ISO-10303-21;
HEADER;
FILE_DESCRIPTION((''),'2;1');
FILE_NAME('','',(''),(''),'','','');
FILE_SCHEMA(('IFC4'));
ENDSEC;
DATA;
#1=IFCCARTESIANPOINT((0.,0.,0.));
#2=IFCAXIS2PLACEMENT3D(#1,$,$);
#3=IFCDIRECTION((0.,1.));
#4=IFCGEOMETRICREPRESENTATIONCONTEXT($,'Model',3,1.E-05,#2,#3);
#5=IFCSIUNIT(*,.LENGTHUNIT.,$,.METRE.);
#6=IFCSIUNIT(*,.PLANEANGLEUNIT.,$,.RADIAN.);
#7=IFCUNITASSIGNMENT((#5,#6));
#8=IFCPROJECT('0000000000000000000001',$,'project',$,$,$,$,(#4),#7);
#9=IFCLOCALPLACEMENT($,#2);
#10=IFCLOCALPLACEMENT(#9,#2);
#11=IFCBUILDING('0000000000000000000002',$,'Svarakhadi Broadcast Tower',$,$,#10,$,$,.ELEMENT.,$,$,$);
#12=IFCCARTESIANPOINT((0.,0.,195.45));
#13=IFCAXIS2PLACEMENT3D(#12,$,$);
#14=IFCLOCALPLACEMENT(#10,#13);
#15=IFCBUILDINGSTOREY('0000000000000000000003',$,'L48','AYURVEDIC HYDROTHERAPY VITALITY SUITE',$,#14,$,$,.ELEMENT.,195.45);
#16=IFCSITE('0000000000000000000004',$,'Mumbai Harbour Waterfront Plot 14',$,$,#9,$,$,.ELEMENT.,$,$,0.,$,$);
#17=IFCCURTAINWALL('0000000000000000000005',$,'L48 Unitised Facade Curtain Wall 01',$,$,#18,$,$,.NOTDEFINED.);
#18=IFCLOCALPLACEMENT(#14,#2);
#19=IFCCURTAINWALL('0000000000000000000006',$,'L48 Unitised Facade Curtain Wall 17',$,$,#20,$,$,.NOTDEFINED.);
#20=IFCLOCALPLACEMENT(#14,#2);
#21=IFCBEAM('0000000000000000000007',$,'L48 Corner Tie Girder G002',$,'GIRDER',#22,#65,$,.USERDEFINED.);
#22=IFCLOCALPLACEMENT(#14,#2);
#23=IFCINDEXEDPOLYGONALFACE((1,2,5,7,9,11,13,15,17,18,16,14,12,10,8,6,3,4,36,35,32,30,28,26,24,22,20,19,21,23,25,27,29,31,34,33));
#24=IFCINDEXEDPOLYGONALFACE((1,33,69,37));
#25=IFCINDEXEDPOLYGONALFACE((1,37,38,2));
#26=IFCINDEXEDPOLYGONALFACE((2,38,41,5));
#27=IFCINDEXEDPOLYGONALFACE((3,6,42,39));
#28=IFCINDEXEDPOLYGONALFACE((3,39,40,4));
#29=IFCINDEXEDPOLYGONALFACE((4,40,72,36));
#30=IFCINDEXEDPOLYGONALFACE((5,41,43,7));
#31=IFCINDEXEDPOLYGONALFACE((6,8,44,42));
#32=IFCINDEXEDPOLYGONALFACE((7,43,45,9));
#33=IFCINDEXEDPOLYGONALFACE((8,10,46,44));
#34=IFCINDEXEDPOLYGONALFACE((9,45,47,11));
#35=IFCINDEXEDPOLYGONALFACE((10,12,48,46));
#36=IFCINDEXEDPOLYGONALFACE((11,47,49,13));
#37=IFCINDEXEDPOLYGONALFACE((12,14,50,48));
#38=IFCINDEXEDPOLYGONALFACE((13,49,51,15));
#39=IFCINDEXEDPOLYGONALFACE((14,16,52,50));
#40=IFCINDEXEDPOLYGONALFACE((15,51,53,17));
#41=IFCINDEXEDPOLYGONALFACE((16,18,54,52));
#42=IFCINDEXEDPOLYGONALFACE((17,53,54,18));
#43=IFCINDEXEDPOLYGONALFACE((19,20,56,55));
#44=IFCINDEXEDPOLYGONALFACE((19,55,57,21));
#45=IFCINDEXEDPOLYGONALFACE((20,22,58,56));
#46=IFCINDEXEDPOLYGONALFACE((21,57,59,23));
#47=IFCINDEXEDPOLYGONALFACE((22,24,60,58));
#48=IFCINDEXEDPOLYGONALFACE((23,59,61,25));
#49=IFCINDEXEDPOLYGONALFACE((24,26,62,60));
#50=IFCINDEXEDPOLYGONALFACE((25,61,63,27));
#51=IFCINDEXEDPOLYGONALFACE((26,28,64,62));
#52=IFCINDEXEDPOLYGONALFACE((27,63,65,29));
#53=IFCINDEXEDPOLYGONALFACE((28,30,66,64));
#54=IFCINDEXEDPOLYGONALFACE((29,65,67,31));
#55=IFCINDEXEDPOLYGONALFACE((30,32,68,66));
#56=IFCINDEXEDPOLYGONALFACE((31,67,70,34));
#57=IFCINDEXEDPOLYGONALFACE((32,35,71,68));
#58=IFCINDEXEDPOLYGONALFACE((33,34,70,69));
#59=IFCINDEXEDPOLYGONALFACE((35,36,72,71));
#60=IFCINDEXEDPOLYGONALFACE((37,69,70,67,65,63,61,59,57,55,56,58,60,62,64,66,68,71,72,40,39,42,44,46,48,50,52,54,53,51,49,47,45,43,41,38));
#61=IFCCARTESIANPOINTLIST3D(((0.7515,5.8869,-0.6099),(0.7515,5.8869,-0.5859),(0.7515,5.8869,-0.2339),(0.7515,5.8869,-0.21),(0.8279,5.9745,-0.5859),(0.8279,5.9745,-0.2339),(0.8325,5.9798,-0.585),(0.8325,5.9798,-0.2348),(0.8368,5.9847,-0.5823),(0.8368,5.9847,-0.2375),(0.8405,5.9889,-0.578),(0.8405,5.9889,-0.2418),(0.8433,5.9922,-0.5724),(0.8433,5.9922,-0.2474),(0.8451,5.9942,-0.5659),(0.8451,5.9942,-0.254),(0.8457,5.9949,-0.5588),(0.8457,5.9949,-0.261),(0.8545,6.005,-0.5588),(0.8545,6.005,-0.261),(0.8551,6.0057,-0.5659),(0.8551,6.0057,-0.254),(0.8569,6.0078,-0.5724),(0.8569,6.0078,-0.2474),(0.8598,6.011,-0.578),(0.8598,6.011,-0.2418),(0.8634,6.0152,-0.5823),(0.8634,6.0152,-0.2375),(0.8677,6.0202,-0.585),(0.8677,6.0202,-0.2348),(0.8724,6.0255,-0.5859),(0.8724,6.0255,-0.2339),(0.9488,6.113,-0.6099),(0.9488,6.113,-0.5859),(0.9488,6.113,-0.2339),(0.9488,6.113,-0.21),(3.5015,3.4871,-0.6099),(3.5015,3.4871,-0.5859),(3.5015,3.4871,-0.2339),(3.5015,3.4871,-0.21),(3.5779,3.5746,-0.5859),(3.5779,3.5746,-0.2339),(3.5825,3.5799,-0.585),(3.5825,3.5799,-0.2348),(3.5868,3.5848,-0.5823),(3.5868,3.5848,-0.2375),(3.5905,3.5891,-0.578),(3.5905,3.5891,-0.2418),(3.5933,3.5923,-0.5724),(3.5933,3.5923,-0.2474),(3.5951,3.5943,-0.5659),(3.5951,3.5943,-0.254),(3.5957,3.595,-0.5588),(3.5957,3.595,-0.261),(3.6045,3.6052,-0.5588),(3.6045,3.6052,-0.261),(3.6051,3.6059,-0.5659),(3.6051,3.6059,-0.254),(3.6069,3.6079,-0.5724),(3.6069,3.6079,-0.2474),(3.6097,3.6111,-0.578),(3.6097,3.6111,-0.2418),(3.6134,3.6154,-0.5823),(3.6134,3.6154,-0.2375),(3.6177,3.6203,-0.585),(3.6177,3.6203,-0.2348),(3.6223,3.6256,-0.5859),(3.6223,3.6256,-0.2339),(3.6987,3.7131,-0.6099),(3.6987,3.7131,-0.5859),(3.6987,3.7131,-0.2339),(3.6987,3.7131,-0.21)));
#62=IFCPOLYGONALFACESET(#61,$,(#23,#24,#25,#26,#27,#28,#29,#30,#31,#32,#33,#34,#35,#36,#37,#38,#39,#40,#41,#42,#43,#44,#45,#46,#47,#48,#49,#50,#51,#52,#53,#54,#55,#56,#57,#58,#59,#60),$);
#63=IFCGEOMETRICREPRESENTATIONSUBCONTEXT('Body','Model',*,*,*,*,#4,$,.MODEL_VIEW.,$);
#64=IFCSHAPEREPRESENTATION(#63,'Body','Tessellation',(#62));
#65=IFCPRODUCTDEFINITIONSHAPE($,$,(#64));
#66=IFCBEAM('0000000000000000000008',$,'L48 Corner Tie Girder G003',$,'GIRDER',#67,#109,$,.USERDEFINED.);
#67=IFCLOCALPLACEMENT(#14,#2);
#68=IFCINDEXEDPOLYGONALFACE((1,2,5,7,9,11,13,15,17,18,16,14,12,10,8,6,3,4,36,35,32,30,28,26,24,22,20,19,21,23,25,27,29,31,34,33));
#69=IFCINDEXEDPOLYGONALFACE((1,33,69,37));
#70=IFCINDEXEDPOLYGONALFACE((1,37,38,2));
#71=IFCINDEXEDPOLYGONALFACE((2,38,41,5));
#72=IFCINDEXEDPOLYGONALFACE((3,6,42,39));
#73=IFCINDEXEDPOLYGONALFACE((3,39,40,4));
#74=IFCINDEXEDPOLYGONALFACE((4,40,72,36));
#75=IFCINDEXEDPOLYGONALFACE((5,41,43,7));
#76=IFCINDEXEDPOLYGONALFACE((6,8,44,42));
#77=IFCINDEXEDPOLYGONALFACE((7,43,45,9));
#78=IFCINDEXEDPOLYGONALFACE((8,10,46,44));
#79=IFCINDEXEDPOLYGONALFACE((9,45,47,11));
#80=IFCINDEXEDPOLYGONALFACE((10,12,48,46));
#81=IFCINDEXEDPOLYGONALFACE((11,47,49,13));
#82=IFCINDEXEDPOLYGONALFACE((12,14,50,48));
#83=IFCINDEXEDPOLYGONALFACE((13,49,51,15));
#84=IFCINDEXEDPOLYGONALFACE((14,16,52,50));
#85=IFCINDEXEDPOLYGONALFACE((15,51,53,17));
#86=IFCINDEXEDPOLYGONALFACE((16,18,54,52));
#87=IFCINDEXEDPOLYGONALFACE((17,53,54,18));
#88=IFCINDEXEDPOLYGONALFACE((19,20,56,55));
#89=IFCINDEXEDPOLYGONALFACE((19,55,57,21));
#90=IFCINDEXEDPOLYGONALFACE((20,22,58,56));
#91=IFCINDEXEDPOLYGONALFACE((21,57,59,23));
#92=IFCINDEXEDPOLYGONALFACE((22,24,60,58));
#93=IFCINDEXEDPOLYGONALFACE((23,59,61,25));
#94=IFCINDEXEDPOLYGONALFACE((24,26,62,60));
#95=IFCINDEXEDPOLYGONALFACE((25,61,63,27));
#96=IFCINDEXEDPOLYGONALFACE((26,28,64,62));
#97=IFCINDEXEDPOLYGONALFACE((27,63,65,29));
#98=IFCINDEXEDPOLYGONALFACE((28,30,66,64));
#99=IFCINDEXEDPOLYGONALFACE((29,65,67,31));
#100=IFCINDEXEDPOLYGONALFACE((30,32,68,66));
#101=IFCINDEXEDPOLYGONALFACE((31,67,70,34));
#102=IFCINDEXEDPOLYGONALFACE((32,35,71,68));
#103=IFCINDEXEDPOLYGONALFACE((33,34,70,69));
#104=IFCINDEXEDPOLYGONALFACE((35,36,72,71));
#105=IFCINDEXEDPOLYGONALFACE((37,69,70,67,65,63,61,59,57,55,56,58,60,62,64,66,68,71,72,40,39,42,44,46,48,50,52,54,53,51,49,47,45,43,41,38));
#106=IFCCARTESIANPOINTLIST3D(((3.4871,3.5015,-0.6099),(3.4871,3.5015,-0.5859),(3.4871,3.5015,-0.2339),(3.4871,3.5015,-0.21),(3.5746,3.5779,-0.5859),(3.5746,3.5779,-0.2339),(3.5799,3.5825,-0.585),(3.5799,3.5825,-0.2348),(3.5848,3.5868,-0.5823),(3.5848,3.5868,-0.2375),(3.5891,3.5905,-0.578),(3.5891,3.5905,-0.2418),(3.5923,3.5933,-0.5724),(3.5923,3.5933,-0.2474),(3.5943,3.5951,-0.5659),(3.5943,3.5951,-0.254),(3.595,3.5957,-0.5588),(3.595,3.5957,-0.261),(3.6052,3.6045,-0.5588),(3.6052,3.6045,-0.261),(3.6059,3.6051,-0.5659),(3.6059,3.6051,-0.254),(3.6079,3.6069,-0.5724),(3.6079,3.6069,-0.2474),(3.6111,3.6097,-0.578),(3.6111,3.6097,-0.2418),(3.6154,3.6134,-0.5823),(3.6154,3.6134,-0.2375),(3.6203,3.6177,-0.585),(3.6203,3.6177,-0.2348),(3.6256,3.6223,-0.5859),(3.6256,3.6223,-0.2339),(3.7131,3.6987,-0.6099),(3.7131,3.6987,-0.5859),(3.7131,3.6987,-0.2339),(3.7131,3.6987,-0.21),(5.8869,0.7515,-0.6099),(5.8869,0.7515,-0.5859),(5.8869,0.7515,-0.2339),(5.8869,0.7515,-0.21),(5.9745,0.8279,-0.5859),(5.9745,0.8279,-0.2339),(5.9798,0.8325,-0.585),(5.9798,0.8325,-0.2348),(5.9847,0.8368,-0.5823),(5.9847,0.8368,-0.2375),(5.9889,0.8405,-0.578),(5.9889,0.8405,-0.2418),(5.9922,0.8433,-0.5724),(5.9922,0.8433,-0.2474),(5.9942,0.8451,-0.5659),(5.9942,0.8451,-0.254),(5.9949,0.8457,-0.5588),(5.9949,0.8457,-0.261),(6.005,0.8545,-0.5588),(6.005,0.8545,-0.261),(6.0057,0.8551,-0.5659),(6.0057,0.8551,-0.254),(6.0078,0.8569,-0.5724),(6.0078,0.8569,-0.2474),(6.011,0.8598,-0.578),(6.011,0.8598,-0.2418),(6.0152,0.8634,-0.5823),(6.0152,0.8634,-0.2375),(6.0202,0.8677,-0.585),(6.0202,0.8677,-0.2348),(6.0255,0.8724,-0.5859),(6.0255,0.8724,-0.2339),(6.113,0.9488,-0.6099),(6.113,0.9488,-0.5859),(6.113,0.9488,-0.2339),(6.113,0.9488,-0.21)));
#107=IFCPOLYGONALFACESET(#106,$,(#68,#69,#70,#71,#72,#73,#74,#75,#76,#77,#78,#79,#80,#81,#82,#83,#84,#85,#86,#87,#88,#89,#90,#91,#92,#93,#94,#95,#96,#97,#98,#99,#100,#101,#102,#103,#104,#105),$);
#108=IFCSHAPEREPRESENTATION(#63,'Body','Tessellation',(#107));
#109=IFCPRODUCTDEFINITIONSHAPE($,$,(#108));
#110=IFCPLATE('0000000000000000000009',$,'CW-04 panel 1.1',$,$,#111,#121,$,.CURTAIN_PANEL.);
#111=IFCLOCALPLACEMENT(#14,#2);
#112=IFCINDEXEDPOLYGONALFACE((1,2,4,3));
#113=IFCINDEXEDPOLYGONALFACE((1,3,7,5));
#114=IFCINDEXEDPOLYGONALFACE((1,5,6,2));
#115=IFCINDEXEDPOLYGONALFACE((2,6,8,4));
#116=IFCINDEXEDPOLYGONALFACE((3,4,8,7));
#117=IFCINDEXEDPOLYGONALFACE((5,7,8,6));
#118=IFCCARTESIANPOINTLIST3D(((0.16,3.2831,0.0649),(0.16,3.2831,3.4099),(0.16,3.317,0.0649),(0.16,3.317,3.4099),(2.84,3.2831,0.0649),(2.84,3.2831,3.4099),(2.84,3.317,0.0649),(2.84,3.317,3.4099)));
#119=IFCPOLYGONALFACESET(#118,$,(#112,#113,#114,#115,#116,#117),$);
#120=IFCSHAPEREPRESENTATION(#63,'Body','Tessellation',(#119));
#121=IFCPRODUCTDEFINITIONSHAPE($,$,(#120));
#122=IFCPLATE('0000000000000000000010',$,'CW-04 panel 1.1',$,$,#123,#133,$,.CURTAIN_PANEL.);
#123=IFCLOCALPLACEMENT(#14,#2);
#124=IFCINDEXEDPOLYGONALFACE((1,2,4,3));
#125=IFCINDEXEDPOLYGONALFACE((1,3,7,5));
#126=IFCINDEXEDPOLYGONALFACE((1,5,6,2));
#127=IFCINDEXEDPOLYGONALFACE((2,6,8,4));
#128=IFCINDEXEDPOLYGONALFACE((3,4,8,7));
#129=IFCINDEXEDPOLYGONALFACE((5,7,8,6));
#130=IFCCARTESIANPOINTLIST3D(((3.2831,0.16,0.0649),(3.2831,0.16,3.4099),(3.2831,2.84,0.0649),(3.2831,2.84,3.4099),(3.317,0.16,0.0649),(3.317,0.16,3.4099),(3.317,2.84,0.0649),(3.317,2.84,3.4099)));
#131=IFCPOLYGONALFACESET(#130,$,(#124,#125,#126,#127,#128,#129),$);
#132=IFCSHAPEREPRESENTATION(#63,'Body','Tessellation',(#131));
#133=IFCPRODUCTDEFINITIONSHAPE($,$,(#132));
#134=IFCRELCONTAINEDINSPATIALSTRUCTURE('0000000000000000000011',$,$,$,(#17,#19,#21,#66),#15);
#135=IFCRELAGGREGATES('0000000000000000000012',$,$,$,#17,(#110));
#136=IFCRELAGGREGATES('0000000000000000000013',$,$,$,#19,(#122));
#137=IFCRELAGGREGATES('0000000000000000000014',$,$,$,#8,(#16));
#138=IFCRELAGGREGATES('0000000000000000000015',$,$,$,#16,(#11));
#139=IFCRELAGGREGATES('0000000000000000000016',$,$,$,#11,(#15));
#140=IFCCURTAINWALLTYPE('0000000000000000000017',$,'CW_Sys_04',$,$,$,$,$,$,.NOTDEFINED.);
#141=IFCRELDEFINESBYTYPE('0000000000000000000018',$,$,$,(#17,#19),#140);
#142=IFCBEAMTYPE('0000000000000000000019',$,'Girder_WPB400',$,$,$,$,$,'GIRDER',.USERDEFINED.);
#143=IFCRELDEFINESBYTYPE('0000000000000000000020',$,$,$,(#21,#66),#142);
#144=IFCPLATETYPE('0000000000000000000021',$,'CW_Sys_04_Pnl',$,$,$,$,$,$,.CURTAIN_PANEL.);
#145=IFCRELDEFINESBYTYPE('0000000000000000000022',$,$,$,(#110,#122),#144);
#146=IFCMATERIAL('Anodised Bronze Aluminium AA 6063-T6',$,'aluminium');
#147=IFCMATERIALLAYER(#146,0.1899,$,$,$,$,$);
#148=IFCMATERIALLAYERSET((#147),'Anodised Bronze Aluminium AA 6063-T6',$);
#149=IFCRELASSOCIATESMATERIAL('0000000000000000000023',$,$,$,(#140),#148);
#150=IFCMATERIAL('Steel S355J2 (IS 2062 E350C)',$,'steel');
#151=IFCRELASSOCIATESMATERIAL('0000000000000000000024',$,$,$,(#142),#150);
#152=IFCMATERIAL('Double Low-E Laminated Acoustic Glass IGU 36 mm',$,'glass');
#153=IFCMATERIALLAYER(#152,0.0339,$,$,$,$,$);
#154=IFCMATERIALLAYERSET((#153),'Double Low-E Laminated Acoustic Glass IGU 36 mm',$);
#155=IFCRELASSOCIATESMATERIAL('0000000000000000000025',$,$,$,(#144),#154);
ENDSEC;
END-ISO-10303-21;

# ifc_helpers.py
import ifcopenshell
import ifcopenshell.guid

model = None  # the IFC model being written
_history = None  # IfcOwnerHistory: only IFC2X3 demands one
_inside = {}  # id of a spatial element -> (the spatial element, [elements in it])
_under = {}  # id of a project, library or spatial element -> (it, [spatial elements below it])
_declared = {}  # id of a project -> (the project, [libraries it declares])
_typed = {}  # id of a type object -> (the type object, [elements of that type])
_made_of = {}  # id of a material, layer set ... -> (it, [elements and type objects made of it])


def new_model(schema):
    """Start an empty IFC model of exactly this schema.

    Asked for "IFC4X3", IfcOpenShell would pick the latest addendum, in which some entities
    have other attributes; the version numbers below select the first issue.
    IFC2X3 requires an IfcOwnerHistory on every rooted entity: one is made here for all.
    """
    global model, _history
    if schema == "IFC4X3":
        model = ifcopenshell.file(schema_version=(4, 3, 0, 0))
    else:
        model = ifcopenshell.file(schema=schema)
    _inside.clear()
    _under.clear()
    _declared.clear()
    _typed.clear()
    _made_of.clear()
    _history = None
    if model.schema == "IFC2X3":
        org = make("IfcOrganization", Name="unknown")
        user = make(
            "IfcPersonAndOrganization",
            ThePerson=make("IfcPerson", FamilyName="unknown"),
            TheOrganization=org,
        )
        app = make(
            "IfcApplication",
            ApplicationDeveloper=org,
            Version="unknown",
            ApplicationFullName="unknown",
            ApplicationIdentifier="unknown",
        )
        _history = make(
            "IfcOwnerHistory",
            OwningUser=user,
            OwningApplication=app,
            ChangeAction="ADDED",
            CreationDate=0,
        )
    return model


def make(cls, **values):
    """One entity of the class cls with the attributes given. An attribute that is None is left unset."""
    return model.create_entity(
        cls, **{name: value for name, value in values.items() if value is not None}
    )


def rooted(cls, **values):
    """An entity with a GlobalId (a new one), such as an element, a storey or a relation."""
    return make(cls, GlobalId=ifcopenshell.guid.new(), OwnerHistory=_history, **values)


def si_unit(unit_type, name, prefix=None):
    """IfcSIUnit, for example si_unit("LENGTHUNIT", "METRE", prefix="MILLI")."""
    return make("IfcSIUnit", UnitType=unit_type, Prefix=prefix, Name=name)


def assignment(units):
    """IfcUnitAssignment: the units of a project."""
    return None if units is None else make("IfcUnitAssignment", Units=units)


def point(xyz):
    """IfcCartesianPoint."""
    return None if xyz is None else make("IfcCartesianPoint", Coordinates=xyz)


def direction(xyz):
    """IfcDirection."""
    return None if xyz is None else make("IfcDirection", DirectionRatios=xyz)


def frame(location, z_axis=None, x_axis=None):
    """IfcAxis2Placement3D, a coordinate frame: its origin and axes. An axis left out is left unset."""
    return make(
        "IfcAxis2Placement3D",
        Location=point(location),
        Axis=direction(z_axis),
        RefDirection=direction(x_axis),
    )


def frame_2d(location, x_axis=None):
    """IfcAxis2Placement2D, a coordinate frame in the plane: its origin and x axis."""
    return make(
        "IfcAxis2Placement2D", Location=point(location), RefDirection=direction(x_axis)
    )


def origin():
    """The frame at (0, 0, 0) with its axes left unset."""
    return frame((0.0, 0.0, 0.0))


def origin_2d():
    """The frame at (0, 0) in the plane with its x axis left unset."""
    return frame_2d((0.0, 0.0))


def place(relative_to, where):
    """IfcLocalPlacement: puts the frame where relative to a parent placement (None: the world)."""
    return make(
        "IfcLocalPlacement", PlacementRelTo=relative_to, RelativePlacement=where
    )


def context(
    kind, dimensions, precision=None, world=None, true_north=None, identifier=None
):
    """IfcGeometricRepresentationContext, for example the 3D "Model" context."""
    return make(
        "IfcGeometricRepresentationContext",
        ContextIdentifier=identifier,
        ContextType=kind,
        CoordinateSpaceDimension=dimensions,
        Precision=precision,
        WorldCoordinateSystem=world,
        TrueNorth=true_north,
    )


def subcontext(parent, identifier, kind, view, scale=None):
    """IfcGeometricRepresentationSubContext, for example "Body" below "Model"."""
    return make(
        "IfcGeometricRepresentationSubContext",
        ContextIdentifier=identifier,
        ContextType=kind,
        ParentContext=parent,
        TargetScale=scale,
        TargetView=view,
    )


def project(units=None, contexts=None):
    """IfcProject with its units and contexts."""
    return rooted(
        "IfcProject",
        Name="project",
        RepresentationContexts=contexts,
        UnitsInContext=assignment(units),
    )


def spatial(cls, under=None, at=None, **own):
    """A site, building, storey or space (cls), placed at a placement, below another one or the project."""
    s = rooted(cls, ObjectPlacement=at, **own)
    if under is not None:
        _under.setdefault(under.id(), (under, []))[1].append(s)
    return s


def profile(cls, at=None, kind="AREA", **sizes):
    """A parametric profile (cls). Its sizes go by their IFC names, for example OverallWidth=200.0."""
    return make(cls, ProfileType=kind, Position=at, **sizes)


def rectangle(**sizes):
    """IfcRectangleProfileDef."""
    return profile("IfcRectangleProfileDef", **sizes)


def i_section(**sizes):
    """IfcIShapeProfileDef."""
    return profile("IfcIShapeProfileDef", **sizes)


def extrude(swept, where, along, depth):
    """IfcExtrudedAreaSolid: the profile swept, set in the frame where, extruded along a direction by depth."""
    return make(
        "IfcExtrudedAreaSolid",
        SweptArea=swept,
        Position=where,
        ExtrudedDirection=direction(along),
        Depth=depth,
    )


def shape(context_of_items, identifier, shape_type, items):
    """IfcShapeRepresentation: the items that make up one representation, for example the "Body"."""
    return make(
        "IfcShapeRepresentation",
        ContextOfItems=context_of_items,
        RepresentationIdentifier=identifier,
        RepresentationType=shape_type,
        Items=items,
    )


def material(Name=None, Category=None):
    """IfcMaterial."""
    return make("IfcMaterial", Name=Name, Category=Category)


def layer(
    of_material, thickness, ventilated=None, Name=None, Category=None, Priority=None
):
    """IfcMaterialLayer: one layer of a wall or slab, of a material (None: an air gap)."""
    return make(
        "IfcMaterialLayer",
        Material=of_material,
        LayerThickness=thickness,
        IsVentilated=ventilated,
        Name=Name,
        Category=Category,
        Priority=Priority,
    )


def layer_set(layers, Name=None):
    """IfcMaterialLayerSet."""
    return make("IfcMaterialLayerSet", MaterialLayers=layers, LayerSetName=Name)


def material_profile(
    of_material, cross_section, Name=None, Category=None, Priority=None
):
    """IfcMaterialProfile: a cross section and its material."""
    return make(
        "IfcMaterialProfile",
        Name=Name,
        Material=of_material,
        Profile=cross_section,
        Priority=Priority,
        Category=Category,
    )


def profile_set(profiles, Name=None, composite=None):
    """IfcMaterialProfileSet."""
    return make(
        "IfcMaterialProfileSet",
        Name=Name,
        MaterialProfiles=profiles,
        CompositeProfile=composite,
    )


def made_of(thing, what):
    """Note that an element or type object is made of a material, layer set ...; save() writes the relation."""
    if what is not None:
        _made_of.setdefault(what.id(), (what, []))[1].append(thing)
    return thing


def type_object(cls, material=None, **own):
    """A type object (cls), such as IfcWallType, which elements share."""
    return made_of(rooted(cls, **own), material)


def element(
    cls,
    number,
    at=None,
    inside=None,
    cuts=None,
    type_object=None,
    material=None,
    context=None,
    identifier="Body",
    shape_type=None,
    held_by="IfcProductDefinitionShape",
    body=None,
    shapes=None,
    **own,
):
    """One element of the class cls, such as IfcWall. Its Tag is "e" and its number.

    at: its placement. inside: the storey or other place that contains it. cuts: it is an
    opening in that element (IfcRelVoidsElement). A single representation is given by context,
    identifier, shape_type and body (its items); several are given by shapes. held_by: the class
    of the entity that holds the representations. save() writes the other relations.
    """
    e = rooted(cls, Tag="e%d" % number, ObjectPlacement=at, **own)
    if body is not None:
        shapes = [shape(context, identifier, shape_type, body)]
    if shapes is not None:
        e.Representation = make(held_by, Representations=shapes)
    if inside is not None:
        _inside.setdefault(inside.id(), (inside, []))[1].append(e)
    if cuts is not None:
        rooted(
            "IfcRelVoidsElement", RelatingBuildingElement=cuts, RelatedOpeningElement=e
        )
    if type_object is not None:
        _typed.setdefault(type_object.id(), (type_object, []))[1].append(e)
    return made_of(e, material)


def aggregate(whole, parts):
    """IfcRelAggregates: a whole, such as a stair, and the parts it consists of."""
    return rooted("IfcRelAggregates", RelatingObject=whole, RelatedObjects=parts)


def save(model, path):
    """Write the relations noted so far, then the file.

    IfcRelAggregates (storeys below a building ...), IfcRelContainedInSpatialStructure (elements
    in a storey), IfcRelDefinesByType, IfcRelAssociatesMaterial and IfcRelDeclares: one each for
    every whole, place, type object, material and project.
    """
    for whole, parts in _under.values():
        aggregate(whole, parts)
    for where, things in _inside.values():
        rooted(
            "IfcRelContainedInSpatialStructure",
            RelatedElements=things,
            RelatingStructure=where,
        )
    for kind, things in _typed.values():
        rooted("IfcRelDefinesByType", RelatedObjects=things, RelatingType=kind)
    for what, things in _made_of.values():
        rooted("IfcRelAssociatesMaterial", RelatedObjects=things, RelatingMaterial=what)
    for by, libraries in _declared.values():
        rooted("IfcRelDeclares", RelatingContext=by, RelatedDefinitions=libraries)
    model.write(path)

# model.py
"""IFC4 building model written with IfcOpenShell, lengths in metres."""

from ifc_helpers import new_model, si_unit, direction, frame, origin, origin_2d, place, context, subcontext, project, spatial, rectangle, i_section, extrude, material, layer, layer_set, material_profile, profile_set, type_object, element, aggregate, save


model = new_model("IFC4")

# Units and contexts
model_context = context("Model", 3, precision=1e-05, world=origin(), true_north=direction((0.0, 1.0)))
body_context = subcontext(model_context, "Body", "Model", "MODEL_VIEW")
ifc_project = project(units=[si_unit("LENGTHUNIT", "METRE"), si_unit("PLANEANGLEUNIT", "RADIAN")], contexts=[model_context])

# Site, building, storey
site_placement = place(None, origin())
site = spatial("IfcSite", under=ifc_project, at=site_placement, Name="Mumbai Harbour Waterfront Plot 14", CompositionType="ELEMENT", RefElevation=0.0)
building_placement = place(site_placement, origin())
building = spatial("IfcBuilding", under=site, at=building_placement, Name="Svarakhadi Broadcast Tower", CompositionType="ELEMENT")
storey_placement = place(building_placement, frame((0.0, 0.0, 195.45)))
storey = spatial("IfcBuildingStorey", under=building, at=storey_placement, Name="L48", Description="AYURVEDIC HYDROTHERAPY VITALITY SUITE", CompositionType="ELEMENT", Elevation=195.45)

# Curtain wall
ifc_material_1 = material(Name="Anodised Bronze Aluminium AA 6063-T6", Category="aluminium")
ifc_layer_1 = layer(ifc_material_1, 0.1899)
ifc_layer_set_1 = layer_set([ifc_layer_1], Name="Anodised Bronze Aluminium AA 6063-T6")
curtain_wall_type = type_object("IfcCurtainWallType", Name="CW_Sys_04", PredefinedType="NOTDEFINED", material=ifc_layer_set_1)
curtain_wall_1_placement = place(storey_placement, origin())
curtain_wall_1 = element("IfcCurtainWall", 1, at=curtain_wall_1_placement, inside=storey, type_object=curtain_wall_type, Name="L48 Unitised Facade Curtain Wall 01", PredefinedType="NOTDEFINED")

# Curtain wall
curtain_wall_2_placement = place(storey_placement, origin())
curtain_wall_2 = element("IfcCurtainWall", 2, at=curtain_wall_2_placement, inside=storey, type_object=curtain_wall_type, Name="L48 Unitised Facade Curtain Wall 17", PredefinedType="NOTDEFINED")

# Beams
ifc_material_2 = material(Name="Steel S355J2 (IS 2062 E350C)", Category="steel")
ifc_material_profile_1 = material_profile(ifc_material_2, i_section(OverallWidth=0.3, OverallDepth=0.3999, WebThickness=0.0134, FlangeThickness=0.0239, FilletRadius=0.0271, at=origin_2d()), Name="WPB 400x300x155")
ifc_profile_set_1 = profile_set([ifc_material_profile_1], Name="Steel S355J2 (IS 2062 E350C)")
beam_type = type_object("IfcBeamType", Name="Girder_WPB400", ElementType="GIRDER", PredefinedType="USERDEFINED", material=ifc_profile_set_1)
for number, where, z_axis, x_axis, name in (
    (3, (3.6001, 3.6001, -0.4099), (-0.753438, 0.657519, 0.0), (-0.657519, -0.753438, 0.0), "L48 Corner Tie Girder G002"),
    (4, (3.6001, 3.6001, -0.4099), (0.657519, -0.753438, 0.0), (0.753438, 0.657519, 0.0), "L48 Corner Tie Girder G003"),
):
    element("IfcBeam", number, at=place(storey_placement, frame(where, z_axis=z_axis, x_axis=x_axis)), inside=storey, type_object=beam_type, Name=name, ObjectType="GIRDER", PredefinedType="USERDEFINED", context=body_context, shape_type="SweptSolid", body=[
        extrude(i_section(OverallWidth=0.3, OverallDepth=0.3999, WebThickness=0.0134, FlangeThickness=0.0239, FilletRadius=0.0271, at=origin_2d()), origin(), (0.0, 0.0, 1.0), 3.6499),
    ])

# Plates
ifc_material_3 = material(Name="Double Low-E Laminated Acoustic Glass IGU 36 mm", Category="glass")
ifc_layer_2 = layer(ifc_material_3, 0.0339)
ifc_layer_set_2 = layer_set([ifc_layer_2], Name="Double Low-E Laminated Acoustic Glass IGU 36 mm")
plate_type = type_object("IfcPlateType", Name="CW_Sys_04_Pnl", PredefinedType="CURTAIN_PANEL", material=ifc_layer_set_2)
plate_1_placement = place(storey_placement, frame((1.5, 3.3, 0.0649), z_axis=(0.0, 0.0, 1.0), x_axis=(-1.0, 0.0, 0.0)))
plate_1 = element("IfcPlate", 5, at=plate_1_placement, type_object=plate_type, Name="CW-04 panel 1.1", PredefinedType="CURTAIN_PANEL", context=body_context, shape_type="SweptSolid", body=[
    extrude(rectangle(XDim=2.6799, YDim=0.0339, at=origin_2d()), origin(), (0.0, 0.0, 1.0), 3.345),
])
aggregate(curtain_wall_1, [plate_1])
plate_2_placement = place(storey_placement, frame((3.3, 1.5, 0.0649), z_axis=(0.0, 0.0, 1.0), x_axis=(0.0, 1.0, 0.0)))
plate_2 = element("IfcPlate", 6, at=plate_2_placement, type_object=plate_type, Name="CW-04 panel 1.1", PredefinedType="CURTAIN_PANEL", context=body_context, shape_type="SweptSolid", body=[
    extrude(rectangle(XDim=2.6799, YDim=0.0339, at=origin_2d()), origin(), (0.0, 0.0, 1.0), 3.345),
])
aggregate(curtain_wall_2, [plate_2])

save(model, "model.ifc")
